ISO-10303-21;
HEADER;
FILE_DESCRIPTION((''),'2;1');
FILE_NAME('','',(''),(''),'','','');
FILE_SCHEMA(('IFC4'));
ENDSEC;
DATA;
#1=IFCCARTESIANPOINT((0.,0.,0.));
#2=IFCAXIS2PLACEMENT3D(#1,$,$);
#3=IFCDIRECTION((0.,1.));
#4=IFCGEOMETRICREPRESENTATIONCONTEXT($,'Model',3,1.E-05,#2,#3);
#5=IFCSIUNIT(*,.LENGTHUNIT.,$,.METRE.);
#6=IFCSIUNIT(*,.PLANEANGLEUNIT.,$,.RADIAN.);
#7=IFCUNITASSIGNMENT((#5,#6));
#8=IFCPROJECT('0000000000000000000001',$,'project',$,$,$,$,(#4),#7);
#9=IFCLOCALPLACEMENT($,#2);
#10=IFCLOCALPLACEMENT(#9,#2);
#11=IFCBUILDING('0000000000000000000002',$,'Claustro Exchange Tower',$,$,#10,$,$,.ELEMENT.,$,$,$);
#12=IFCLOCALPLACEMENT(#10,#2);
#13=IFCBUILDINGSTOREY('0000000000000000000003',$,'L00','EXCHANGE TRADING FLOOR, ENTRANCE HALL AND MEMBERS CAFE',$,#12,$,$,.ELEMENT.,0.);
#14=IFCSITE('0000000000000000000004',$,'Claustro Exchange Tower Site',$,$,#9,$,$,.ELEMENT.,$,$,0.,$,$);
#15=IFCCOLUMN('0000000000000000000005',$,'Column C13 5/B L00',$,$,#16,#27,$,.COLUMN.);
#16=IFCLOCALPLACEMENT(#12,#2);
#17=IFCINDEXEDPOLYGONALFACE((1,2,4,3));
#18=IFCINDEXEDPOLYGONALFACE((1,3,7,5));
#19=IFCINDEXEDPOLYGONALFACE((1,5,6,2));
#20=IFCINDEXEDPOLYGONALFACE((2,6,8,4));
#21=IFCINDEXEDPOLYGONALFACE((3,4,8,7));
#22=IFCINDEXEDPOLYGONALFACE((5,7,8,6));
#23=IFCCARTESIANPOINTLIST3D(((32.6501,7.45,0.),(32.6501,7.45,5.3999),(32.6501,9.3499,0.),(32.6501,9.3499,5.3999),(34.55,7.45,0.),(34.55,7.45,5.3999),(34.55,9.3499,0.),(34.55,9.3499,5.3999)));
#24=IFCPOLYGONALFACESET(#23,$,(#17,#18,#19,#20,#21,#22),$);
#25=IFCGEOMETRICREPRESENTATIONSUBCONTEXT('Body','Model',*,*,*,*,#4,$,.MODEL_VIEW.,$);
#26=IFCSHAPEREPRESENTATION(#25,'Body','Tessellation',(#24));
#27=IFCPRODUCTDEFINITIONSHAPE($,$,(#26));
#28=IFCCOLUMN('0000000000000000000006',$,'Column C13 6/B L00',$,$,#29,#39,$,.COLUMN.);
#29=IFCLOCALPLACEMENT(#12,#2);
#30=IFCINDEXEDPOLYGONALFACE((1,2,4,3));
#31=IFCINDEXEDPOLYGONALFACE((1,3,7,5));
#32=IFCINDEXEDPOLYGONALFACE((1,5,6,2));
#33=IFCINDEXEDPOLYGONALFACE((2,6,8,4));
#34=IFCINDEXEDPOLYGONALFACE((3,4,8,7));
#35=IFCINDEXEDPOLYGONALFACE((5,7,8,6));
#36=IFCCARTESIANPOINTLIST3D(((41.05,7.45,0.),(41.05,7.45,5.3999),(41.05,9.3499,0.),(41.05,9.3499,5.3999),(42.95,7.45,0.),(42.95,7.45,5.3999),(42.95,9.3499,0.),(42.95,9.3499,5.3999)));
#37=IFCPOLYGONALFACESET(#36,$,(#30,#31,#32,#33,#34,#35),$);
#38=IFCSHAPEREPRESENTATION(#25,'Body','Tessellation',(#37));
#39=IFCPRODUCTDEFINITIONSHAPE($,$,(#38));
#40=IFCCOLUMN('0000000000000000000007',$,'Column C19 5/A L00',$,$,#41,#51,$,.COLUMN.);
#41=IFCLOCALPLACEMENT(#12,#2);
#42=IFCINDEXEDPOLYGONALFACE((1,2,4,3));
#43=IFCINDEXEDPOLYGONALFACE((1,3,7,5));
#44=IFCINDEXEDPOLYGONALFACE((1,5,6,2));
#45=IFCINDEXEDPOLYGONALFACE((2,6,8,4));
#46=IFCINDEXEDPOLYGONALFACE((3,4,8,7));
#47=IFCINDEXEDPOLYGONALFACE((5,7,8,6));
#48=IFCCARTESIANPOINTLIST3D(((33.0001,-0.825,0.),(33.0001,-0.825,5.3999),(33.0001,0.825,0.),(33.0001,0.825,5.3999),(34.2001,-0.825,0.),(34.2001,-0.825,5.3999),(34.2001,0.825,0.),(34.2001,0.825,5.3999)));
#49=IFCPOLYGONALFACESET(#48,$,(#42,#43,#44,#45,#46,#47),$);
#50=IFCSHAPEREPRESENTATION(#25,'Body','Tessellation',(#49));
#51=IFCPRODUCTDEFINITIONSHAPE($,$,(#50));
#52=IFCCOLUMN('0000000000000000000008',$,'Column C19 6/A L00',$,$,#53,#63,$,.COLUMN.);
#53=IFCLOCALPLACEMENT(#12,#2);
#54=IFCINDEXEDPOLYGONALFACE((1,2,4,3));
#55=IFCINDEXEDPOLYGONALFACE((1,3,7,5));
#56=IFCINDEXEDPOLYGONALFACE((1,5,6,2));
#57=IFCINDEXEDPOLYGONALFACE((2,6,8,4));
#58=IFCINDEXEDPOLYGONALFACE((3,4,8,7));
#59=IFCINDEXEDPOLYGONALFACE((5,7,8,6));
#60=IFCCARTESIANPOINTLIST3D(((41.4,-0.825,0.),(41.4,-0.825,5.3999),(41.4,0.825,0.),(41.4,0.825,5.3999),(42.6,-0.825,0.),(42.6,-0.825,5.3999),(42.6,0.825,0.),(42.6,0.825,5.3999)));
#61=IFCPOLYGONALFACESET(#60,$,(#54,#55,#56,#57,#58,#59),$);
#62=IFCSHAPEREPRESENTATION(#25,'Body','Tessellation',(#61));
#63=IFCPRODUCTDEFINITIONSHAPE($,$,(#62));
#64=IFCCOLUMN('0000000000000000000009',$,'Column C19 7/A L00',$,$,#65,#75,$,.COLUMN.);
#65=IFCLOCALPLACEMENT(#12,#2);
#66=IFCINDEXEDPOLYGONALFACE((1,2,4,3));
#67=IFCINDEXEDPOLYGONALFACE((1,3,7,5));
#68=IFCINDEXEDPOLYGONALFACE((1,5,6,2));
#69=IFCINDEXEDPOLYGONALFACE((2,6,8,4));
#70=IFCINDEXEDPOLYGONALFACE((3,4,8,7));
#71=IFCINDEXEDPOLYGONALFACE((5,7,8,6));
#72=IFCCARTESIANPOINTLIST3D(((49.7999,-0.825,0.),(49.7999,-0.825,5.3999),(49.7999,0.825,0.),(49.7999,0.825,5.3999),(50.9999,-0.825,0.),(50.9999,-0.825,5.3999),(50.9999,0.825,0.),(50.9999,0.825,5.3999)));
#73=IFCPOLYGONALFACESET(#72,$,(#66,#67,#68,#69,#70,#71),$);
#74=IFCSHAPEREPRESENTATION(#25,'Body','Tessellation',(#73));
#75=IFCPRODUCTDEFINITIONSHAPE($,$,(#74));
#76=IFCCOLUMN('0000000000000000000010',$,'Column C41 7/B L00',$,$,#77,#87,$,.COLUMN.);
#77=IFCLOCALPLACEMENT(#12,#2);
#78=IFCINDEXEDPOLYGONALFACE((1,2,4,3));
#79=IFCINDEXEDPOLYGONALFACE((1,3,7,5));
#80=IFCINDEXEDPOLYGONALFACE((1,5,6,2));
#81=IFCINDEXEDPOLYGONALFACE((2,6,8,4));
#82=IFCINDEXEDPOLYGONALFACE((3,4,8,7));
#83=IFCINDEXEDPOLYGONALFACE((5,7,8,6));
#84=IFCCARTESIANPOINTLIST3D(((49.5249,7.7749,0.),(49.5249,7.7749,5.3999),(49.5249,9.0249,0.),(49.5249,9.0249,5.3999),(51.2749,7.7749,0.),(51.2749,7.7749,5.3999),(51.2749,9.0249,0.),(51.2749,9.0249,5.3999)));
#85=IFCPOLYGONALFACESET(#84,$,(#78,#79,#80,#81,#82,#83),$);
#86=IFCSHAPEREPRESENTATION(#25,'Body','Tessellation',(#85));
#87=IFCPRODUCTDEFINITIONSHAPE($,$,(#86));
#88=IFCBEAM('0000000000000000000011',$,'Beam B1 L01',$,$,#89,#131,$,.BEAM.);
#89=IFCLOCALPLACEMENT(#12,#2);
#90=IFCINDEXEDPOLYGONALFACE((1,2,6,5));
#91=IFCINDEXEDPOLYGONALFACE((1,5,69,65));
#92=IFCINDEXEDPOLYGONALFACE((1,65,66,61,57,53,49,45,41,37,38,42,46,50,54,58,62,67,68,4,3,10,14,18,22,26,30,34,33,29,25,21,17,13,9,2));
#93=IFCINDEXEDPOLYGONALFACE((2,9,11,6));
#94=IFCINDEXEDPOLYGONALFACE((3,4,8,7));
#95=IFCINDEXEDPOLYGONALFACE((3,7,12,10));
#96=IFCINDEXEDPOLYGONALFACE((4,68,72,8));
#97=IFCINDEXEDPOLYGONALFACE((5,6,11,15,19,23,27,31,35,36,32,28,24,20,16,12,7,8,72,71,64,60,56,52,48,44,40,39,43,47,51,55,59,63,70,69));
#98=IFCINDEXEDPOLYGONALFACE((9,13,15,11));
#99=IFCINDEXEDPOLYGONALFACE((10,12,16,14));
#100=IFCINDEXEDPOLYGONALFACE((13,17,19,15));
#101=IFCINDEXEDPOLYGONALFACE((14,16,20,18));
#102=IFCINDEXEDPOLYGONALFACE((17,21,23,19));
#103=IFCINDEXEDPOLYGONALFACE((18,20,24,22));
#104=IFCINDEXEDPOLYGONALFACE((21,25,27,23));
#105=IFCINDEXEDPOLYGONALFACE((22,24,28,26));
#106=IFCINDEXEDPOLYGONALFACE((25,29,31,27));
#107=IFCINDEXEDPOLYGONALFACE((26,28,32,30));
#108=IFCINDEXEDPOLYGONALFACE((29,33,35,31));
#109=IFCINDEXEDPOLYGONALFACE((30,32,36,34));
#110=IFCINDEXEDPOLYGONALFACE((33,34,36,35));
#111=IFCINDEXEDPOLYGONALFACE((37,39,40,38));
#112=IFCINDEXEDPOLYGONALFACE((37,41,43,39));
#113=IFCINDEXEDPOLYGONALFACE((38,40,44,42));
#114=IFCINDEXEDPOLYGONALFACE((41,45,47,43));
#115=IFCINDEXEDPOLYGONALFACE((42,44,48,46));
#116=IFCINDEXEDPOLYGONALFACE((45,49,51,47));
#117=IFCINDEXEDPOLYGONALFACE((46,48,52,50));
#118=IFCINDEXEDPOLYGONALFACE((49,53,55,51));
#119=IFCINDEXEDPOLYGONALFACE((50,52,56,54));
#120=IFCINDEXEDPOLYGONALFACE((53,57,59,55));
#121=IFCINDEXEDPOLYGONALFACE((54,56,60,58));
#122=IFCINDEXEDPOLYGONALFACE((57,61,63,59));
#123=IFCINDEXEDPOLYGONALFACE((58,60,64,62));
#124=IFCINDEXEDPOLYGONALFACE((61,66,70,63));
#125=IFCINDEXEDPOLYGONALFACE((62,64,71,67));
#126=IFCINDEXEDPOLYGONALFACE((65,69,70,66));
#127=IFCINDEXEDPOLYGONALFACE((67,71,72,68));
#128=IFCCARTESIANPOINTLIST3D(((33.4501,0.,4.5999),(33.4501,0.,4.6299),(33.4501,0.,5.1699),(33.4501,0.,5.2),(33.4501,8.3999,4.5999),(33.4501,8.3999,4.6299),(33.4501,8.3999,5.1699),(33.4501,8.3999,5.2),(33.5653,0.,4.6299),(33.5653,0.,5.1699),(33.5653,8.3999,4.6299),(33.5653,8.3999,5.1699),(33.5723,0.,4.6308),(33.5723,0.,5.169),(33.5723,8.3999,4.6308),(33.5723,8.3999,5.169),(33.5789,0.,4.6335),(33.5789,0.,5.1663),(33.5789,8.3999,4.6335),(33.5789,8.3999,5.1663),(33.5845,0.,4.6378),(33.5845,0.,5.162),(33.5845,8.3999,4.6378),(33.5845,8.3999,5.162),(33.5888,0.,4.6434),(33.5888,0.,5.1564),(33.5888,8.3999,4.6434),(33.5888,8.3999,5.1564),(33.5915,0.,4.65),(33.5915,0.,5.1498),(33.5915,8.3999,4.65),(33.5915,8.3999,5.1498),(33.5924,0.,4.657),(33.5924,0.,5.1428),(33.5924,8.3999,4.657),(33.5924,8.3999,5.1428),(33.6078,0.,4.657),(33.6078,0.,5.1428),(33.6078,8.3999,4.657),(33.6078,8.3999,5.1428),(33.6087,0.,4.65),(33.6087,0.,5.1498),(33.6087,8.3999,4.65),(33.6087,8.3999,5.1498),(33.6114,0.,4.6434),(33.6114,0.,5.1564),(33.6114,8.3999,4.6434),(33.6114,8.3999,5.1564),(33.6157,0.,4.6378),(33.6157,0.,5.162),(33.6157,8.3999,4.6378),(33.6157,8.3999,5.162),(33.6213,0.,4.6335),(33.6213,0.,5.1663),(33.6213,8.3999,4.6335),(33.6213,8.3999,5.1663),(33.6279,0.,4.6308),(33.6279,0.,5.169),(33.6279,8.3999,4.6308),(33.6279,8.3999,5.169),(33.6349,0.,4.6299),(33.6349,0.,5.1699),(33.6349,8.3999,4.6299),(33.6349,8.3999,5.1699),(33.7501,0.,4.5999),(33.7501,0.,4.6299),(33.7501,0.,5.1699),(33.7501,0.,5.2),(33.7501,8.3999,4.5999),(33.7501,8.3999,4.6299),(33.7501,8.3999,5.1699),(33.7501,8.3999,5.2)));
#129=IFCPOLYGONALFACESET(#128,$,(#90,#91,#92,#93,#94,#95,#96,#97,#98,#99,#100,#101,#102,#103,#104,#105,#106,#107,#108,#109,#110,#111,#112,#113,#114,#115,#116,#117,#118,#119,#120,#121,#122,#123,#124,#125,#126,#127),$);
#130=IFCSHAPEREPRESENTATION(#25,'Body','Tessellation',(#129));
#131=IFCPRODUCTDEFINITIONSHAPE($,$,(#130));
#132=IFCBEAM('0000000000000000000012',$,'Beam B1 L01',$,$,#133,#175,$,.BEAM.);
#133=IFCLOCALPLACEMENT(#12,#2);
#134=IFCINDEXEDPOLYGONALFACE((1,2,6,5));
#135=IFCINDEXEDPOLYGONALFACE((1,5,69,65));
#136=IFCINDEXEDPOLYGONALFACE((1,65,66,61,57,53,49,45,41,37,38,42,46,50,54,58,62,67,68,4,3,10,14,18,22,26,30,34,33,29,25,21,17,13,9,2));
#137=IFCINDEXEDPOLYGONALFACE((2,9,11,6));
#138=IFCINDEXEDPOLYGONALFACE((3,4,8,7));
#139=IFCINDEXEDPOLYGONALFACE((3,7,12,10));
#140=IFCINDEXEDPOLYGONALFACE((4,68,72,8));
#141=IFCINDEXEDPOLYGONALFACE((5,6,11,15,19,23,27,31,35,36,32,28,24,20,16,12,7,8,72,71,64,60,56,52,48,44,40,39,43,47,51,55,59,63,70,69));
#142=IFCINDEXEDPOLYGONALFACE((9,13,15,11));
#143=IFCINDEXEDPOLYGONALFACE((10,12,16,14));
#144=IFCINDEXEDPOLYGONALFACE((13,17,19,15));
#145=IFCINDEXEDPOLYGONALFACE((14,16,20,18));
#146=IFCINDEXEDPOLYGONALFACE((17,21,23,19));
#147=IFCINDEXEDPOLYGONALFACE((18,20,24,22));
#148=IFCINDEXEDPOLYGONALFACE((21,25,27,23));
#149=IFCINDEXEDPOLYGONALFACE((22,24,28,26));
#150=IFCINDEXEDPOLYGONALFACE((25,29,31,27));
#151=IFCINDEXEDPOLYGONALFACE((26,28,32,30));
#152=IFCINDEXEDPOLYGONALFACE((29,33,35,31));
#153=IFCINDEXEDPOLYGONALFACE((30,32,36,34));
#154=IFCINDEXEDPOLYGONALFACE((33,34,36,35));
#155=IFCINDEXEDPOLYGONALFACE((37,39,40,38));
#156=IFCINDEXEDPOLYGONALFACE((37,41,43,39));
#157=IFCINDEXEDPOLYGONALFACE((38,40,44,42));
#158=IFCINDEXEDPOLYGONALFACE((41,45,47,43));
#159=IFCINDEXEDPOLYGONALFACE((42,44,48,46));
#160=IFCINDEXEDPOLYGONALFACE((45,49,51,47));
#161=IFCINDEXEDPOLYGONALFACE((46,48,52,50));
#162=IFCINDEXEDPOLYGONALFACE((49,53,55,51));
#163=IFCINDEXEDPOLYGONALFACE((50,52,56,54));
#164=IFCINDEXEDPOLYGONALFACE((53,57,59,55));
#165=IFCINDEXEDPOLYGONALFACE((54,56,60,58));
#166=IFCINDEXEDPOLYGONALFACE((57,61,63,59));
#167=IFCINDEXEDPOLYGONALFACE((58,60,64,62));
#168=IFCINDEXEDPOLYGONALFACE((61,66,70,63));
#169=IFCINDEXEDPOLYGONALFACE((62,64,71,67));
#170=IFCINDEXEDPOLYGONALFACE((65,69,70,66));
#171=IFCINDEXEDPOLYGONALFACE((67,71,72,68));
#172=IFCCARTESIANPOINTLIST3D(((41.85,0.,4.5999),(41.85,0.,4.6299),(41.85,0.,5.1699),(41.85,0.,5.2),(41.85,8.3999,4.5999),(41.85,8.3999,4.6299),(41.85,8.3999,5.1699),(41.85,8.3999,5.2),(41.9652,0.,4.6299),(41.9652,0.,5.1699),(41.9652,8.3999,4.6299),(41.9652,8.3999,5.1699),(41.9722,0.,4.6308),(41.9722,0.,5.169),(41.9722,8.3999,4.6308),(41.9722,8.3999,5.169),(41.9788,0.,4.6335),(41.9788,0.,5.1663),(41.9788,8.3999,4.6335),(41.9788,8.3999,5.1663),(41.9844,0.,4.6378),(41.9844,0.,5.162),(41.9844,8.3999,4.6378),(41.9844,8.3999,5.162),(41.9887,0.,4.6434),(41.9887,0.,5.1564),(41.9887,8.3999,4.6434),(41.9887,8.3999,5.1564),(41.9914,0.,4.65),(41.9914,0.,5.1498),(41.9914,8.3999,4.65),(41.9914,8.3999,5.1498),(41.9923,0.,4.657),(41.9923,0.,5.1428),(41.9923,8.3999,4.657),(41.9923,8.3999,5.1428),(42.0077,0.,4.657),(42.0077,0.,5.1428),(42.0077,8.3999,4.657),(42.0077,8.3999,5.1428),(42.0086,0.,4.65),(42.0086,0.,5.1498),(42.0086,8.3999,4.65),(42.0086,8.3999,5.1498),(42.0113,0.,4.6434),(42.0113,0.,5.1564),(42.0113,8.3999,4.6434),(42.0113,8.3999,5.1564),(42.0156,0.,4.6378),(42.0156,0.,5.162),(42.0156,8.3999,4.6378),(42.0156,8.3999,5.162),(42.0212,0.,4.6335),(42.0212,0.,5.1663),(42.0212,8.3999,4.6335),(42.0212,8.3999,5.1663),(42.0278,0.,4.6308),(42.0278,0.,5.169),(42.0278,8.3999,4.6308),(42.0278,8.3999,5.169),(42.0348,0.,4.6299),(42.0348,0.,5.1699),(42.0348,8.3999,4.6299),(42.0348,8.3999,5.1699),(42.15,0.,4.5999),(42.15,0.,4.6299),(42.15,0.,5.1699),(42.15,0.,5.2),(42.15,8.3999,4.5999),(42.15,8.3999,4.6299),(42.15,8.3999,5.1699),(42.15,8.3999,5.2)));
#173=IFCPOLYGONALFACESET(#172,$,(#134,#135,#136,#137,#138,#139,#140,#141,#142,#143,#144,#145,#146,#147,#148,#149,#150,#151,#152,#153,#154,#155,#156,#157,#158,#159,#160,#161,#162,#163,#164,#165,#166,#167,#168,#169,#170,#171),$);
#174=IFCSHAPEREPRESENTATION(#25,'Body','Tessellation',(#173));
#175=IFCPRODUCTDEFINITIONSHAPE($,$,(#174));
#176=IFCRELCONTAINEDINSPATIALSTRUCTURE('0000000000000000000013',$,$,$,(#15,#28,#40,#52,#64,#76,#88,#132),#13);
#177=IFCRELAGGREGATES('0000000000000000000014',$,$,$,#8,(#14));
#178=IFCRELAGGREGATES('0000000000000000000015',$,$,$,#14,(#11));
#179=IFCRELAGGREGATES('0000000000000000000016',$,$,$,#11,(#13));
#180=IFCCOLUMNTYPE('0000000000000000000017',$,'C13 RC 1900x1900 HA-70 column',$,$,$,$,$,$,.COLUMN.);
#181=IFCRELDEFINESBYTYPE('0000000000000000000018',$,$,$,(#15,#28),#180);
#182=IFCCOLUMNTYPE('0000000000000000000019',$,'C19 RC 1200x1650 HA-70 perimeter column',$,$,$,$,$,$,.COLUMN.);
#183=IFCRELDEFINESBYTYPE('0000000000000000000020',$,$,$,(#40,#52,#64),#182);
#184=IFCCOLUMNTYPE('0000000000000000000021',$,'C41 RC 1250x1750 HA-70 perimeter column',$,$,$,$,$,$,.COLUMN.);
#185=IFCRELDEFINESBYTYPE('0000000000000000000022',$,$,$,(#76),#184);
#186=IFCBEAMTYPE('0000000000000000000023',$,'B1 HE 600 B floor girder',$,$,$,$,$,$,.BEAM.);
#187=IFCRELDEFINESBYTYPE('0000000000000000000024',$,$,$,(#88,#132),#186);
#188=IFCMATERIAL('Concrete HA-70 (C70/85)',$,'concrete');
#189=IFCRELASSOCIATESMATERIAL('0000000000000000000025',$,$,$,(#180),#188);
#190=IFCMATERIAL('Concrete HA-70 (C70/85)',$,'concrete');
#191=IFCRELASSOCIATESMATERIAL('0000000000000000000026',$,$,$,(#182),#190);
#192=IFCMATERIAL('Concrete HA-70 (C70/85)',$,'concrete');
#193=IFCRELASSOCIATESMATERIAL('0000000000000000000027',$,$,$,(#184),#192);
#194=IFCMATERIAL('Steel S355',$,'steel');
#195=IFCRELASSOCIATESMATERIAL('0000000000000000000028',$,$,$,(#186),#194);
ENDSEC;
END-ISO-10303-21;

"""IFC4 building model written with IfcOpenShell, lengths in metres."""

from ifc_helpers import new_model, si_unit, direction, frame, origin, origin_2d, place, context, subcontext, project, spatial, rectangle, i_section, extrude, material, material_profile, profile_set, type_object, element, save


model = new_model("IFC4")

# Units and contexts
model_context = context("Model", 3, precision=1e-05, world=origin(), true_north=direction((0.0, 1.0)))
body_context = subcontext(model_context, "Body", "Model", "MODEL_VIEW")
ifc_project = project(units=[si_unit("LENGTHUNIT", "METRE"), si_unit("PLANEANGLEUNIT", "RADIAN")], contexts=[model_context])

# Site, building, storey
site_placement = place(None, origin())
site = spatial("IfcSite", under=ifc_project, at=site_placement, Name="Claustro Exchange Tower Site", CompositionType="ELEMENT", RefElevation=0.0)
building_placement = place(site_placement, origin())
building = spatial("IfcBuilding", under=site, at=building_placement, Name="Claustro Exchange Tower", CompositionType="ELEMENT")
storey_placement = place(building_placement, origin())
storey = spatial("IfcBuildingStorey", under=building, at=storey_placement, Name="L00", Description="EXCHANGE TRADING FLOOR, ENTRANCE HALL AND MEMBERS CAFE", CompositionType="ELEMENT", Elevation=0.0)

# Columns
ifc_material_1 = material(Name="Concrete HA-70 (C70/85)", Category="concrete")
ifc_material_profile_1 = material_profile(ifc_material_1, rectangle(XDim=1.8999, YDim=1.8999, at=origin_2d()), Name="RC 1900x1900")
ifc_profile_set_1 = profile_set([ifc_material_profile_1], Name="Concrete HA-70 (C70/85)")
column_type_1 = type_object("IfcColumnType", Name="C13 RC 1900x1900 HA-70 column", PredefinedType="COLUMN", material=ifc_profile_set_1)
for number, where, z_axis, x_axis, name in (
    (1, (33.6001, 8.3999, 0.0), (0.0, 0.0, 1.0), (1.0, 0.0, 0.0), "Column C13 5/B L00"),
    (2, (42.0, 8.3999, 0.0), (0.0, 0.0, 1.0), (1.0, 0.0, 0.0), "Column C13 6/B L00"),
):
    element("IfcColumn", number, at=place(storey_placement, frame(where, z_axis=z_axis, x_axis=x_axis)), inside=storey, type_object=column_type_1, Name=name, PredefinedType="COLUMN", context=body_context, shape_type="SweptSolid", body=[
        extrude(rectangle(XDim=1.8999, YDim=1.8999, at=origin_2d()), origin(), (0.0, 0.0, 1.0), 5.3999),
    ])
ifc_material_2 = material(Name="Concrete HA-70 (C70/85)", Category="concrete")
ifc_material_profile_2 = material_profile(ifc_material_2, rectangle(XDim=1.2, YDim=1.6499, at=origin_2d()), Name="RC 1200x1650")
ifc_profile_set_2 = profile_set([ifc_material_profile_2], Name="Concrete HA-70 (C70/85)")
column_type_2 = type_object("IfcColumnType", Name="C19 RC 1200x1650 HA-70 perimeter column", PredefinedType="COLUMN", material=ifc_profile_set_2)
for number, where, z_axis, x_axis, name in (
    (3, (33.6001, 0.0, 0.0), (0.0, 0.0, 1.0), (1.0, 0.0, 0.0), "Column C19 5/A L00"),
    (4, (42.0, 0.0, 0.0), (0.0, 0.0, 1.0), (1.0, 0.0, 0.0), "Column C19 6/A L00"),
    (5, (50.3999, 0.0, 0.0), (0.0, 0.0, 1.0), (1.0, 0.0, 0.0), "Column C19 7/A L00"),
):
    element("IfcColumn", number, at=place(storey_placement, frame(where, z_axis=z_axis, x_axis=x_axis)), inside=storey, type_object=column_type_2, Name=name, PredefinedType="COLUMN", context=body_context, shape_type="SweptSolid", body=[
        extrude(rectangle(XDim=1.2, YDim=1.6499, at=origin_2d()), origin(), (0.0, 0.0, 1.0), 5.3999),
    ])
ifc_material_3 = material(Name="Concrete HA-70 (C70/85)", Category="concrete")
ifc_material_profile_3 = material_profile(ifc_material_3, rectangle(XDim=1.25, YDim=1.75, at=origin_2d()), Name="RC 1250x1750")
ifc_profile_set_3 = profile_set([ifc_material_profile_3], Name="Concrete HA-70 (C70/85)")
column_type_3 = type_object("IfcColumnType", Name="C41 RC 1250x1750 HA-70 perimeter column", PredefinedType="COLUMN", material=ifc_profile_set_3)
column_placement = place(storey_placement, frame((50.3999, 8.3999, 0.0), z_axis=(0.0, 0.0, 1.0), x_axis=(0.0, 1.0, 0.0)))
element("IfcColumn", 6, at=column_placement, inside=storey, type_object=column_type_3, Name="Column C41 7/B L00", PredefinedType="COLUMN", context=body_context, shape_type="SweptSolid", body=[
    extrude(rectangle(XDim=1.25, YDim=1.75, at=origin_2d()), origin(), (0.0, 0.0, 1.0), 5.3999),
])

# Beams
ifc_material_4 = material(Name="Steel S355", Category="steel")
ifc_material_profile_4 = material_profile(ifc_material_4, i_section(OverallWidth=0.3, OverallDepth=0.6001, WebThickness=0.0154, FlangeThickness=0.03, FilletRadius=0.0271, at=origin_2d()), Name="HE 600 B")
ifc_profile_set_4 = profile_set([ifc_material_profile_4], Name="Steel S355")
beam_type_1 = type_object("IfcBeamType", Name="B1 HE 600 B floor girder", PredefinedType="BEAM", material=ifc_profile_set_4)
for number, where, z_axis, x_axis, name in (
    (7, (33.6001, 0.0, 4.8999), (0.0, 1.0, 0.0), (-1.0, 0.0, 0.0), "Beam B1 L01"),
    (8, (42.0, 0.0, 4.8999), (0.0, 1.0, 0.0), (-1.0, 0.0, 0.0), "Beam B1 L01"),
):
    element("IfcBeam", number, at=place(storey_placement, frame(where, z_axis=z_axis, x_axis=x_axis)), inside=storey, type_object=beam_type_1, Name=name, PredefinedType="BEAM", context=body_context, shape_type="SweptSolid", body=[
        extrude(i_section(OverallWidth=0.3, OverallDepth=0.6001, WebThickness=0.0154, FlangeThickness=0.03, FilletRadius=0.0271, at=origin_2d()), origin(), (0.0, 0.0, 1.0), 8.3999),
    ])

save(model, "model.ifc")
